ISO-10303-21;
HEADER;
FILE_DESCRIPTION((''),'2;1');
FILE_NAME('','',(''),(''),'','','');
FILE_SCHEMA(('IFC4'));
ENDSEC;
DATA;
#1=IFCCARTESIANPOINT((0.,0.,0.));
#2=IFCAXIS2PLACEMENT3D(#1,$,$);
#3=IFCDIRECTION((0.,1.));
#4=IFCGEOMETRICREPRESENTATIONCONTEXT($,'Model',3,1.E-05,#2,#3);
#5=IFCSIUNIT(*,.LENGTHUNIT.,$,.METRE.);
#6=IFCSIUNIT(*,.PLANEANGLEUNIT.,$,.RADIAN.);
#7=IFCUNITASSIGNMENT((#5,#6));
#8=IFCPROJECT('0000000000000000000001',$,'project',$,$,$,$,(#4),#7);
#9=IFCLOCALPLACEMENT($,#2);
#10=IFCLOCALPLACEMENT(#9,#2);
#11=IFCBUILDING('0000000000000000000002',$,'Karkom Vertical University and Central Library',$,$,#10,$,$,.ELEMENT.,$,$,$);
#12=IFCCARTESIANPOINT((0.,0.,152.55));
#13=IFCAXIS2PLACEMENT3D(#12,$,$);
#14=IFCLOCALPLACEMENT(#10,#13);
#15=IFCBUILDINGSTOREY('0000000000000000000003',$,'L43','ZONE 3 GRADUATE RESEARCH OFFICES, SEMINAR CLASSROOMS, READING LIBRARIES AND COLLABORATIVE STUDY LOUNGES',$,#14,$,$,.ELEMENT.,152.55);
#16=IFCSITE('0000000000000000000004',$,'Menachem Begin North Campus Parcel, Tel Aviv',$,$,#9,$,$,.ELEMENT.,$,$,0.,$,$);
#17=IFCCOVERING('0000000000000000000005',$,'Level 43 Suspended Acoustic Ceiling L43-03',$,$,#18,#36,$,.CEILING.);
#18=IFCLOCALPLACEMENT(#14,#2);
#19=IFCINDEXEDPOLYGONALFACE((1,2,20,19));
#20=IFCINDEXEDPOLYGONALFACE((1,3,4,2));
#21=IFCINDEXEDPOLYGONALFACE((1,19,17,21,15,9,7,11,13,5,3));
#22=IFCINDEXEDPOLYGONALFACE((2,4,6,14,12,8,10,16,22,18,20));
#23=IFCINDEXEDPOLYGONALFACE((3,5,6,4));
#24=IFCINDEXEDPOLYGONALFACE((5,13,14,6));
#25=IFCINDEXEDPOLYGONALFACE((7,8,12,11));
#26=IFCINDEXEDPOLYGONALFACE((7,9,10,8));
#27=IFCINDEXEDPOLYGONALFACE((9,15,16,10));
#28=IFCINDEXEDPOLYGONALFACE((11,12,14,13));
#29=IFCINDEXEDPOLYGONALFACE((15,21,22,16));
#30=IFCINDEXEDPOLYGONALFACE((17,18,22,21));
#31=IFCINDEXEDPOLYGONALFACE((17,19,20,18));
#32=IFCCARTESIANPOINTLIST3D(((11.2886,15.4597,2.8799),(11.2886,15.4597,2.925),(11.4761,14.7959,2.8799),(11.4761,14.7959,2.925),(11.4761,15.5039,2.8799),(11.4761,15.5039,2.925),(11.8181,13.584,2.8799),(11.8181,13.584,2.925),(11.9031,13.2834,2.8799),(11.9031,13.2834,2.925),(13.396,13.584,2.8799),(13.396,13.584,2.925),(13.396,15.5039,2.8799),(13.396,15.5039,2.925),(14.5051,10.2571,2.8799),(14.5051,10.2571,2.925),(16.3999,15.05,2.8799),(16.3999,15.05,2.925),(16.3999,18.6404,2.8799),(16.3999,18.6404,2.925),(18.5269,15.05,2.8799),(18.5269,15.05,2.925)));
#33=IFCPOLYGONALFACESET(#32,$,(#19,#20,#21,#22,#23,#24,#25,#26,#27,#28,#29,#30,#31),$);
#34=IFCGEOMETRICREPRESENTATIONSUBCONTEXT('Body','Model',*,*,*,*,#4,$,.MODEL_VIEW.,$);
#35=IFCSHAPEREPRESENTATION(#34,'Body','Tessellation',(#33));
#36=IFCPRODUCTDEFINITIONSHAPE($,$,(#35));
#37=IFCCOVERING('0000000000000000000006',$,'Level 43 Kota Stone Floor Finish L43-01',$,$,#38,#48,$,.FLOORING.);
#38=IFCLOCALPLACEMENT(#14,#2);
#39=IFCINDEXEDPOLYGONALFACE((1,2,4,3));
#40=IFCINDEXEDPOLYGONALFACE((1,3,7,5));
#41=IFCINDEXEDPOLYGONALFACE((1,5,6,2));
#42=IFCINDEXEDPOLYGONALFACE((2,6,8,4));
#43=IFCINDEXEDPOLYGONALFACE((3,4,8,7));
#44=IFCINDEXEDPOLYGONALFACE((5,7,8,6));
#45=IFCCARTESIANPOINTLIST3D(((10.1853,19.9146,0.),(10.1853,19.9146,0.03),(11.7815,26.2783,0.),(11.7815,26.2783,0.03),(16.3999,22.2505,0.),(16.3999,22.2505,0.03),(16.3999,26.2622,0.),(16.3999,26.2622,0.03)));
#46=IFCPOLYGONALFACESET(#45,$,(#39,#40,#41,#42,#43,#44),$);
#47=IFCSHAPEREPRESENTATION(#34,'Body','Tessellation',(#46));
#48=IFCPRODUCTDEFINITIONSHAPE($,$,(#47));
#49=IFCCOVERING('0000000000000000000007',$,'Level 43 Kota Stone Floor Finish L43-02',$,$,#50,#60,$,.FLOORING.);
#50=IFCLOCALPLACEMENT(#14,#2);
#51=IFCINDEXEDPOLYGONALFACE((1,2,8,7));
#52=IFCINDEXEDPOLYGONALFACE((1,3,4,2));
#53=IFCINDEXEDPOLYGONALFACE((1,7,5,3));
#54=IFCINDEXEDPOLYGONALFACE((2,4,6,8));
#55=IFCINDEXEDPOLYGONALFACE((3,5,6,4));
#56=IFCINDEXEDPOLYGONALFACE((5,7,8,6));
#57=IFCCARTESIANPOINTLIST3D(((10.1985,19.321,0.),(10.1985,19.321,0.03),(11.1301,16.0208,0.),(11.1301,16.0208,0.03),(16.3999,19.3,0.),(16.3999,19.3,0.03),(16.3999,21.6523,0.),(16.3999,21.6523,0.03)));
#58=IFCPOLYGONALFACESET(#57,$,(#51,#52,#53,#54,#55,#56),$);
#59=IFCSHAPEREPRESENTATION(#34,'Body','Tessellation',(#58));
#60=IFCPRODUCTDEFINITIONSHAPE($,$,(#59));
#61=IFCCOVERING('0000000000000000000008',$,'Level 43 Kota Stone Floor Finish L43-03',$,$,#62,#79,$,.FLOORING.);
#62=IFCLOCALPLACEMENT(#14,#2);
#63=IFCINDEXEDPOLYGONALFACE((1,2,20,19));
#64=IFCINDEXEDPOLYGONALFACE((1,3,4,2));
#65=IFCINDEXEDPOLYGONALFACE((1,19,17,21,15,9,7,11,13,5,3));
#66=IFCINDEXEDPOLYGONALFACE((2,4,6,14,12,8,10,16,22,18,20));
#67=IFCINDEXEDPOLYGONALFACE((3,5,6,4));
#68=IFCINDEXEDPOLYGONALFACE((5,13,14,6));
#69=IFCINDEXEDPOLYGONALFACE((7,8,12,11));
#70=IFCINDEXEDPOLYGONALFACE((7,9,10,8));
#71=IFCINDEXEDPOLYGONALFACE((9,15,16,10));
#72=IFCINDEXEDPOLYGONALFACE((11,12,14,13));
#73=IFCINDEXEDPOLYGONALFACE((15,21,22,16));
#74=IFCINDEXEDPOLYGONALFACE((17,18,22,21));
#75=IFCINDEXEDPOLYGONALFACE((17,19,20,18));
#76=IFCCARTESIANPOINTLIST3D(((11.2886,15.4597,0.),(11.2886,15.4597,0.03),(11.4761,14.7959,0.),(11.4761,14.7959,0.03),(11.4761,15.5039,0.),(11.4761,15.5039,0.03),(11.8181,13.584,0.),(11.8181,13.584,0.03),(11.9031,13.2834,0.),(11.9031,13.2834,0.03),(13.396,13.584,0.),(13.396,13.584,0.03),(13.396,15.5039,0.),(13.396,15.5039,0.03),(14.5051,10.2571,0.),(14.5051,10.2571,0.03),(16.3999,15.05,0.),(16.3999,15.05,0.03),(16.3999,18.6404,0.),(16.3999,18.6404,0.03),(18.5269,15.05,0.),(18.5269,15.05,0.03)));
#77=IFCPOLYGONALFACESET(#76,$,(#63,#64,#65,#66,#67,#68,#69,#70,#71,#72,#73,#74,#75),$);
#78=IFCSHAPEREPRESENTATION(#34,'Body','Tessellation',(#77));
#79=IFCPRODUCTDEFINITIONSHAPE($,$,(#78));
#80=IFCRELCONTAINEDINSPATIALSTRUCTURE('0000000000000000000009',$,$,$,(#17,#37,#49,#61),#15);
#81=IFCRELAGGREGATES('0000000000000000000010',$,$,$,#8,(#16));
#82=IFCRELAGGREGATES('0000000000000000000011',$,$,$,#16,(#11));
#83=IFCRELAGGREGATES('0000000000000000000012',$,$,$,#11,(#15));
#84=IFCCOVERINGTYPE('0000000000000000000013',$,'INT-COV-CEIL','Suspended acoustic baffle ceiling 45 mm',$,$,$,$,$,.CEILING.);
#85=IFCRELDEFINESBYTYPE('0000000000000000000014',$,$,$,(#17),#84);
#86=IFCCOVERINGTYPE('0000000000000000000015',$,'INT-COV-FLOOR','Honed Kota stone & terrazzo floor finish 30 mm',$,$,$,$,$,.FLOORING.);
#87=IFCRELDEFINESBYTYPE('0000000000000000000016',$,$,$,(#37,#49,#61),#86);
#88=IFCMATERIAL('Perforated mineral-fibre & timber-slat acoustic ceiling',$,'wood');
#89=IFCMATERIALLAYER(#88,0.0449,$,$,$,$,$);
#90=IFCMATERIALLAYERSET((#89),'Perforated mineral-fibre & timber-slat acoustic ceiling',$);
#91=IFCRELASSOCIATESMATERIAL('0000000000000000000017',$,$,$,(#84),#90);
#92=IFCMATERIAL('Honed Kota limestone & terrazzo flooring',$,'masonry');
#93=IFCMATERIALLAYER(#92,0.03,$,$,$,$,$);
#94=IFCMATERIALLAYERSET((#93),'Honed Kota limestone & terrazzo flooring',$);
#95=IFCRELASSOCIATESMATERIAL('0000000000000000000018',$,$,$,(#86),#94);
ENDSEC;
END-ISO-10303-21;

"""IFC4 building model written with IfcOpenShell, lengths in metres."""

from ifc_helpers import new_model, si_unit, direction, frame, origin, place, context, subcontext, project, spatial, polyline, outline, extrude, material, layer, layer_set, type_object, element, save


model = new_model("IFC4")

# Units and contexts
model_context = context("Model", 3, precision=1e-05, world=origin(), true_north=direction((0.0, 1.0)))
body_context = subcontext(model_context, "Body", "Model", "MODEL_VIEW")
ifc_project = project(units=[si_unit("LENGTHUNIT", "METRE"), si_unit("PLANEANGLEUNIT", "RADIAN")], contexts=[model_context])

# Site, building, storey
site_placement = place(None, origin())
site = spatial("IfcSite", under=ifc_project, at=site_placement, Name="Menachem Begin North Campus Parcel, Tel Aviv", CompositionType="ELEMENT", RefElevation=0.0)
building_placement = place(site_placement, origin())
building = spatial("IfcBuilding", under=site, at=building_placement, Name="Karkom Vertical University and Central Library", CompositionType="ELEMENT")
storey_placement = place(building_placement, frame((0.0, 0.0, 152.55)))
storey = spatial("IfcBuildingStorey", under=building, at=storey_placement, Name="L43", Description="ZONE 3 GRADUATE RESEARCH OFFICES, SEMINAR CLASSROOMS, READING LIBRARIES AND COLLABORATIVE STUDY LOUNGES", CompositionType="ELEMENT", Elevation=152.55)

# Coverings
ifc_material_1 = material(Name="Perforated mineral-fibre & timber-slat acoustic ceiling", Category="wood")
ifc_layer_1 = layer(ifc_material_1, 0.0449)
ifc_layer_set_1 = layer_set([ifc_layer_1], Name="Perforated mineral-fibre & timber-slat acoustic ceiling")
covering_type_1 = type_object("IfcCoveringType", Name="INT-COV-CEIL", Description="Suspended acoustic baffle ceiling 45 mm", PredefinedType="CEILING", material=ifc_layer_set_1)
covering_1_placement = place(storey_placement, frame((0.0, 0.0, 2.8799)))
element("IfcCovering", 1, at=covering_1_placement, inside=storey, type_object=covering_type_1, Name="Level 43 Suspended Acoustic Ceiling L43-03", PredefinedType="CEILING", context=body_context, shape_type="SweptSolid", body=[
    extrude(outline(polyline([(11.4761, 14.7959), (11.2886, 15.4597), (16.3999, 18.6404), (16.3999, 15.05), (18.5269, 15.05), (14.5051, 10.2571), (11.9031, 13.2834), (11.8181, 13.584), (13.396, 13.584), (13.396, 15.5039), (11.4761, 15.5039), (11.4761, 14.7959)])), origin(), (0.0, 0.0, 1.0), 0.0452),
])
ifc_material_2 = material(Name="Honed Kota limestone & terrazzo flooring", Category="masonry")
ifc_layer_2 = layer(ifc_material_2, 0.03)
ifc_layer_set_2 = layer_set([ifc_layer_2], Name="Honed Kota limestone & terrazzo flooring")
covering_type_2 = type_object("IfcCoveringType", Name="INT-COV-FLOOR", Description="Honed Kota stone & terrazzo floor finish 30 mm", PredefinedType="FLOORING", material=ifc_layer_set_2)
covering_2_placement = place(storey_placement, origin())
element("IfcCovering", 2, at=covering_2_placement, inside=storey, type_object=covering_type_2, Name="Level 43 Kota Stone Floor Finish L43-01", PredefinedType="FLOORING", context=body_context, shape_type="SweptSolid", body=[
    extrude(outline(polyline([(10.1853, 19.9146), (11.7815, 26.2783), (16.3999, 26.2622), (16.3999, 22.2505), (10.1853, 19.9146)])), origin(), (0.0, 0.0, 1.0), 0.03),
])
covering_3_placement = place(storey_placement, origin())
element("IfcCovering", 3, at=covering_3_placement, inside=storey, type_object=covering_type_2, Name="Level 43 Kota Stone Floor Finish L43-02", PredefinedType="FLOORING", context=body_context, shape_type="SweptSolid", body=[
    extrude(outline(polyline([(16.3999, 19.3), (11.1301, 16.0208), (10.1985, 19.321), (16.3999, 21.6523), (16.3999, 19.3)])), origin(), (0.0, 0.0, 1.0), 0.03),
])
covering_4_placement = place(storey_placement, origin())
element("IfcCovering", 4, at=covering_4_placement, inside=storey, type_object=covering_type_2, Name="Level 43 Kota Stone Floor Finish L43-03", PredefinedType="FLOORING", context=body_context, shape_type="SweptSolid", body=[
    extrude(outline(polyline([(11.4761, 14.7959), (11.2886, 15.4597), (16.3999, 18.6404), (16.3999, 15.05), (18.5269, 15.05), (14.5051, 10.2571), (11.9031, 13.2834), (11.8181, 13.584), (13.396, 13.584), (13.396, 15.5039), (11.4761, 15.5039), (11.4761, 14.7959)])), origin(), (0.0, 0.0, 1.0), 0.03),
])

save(model, "model.ifc")
